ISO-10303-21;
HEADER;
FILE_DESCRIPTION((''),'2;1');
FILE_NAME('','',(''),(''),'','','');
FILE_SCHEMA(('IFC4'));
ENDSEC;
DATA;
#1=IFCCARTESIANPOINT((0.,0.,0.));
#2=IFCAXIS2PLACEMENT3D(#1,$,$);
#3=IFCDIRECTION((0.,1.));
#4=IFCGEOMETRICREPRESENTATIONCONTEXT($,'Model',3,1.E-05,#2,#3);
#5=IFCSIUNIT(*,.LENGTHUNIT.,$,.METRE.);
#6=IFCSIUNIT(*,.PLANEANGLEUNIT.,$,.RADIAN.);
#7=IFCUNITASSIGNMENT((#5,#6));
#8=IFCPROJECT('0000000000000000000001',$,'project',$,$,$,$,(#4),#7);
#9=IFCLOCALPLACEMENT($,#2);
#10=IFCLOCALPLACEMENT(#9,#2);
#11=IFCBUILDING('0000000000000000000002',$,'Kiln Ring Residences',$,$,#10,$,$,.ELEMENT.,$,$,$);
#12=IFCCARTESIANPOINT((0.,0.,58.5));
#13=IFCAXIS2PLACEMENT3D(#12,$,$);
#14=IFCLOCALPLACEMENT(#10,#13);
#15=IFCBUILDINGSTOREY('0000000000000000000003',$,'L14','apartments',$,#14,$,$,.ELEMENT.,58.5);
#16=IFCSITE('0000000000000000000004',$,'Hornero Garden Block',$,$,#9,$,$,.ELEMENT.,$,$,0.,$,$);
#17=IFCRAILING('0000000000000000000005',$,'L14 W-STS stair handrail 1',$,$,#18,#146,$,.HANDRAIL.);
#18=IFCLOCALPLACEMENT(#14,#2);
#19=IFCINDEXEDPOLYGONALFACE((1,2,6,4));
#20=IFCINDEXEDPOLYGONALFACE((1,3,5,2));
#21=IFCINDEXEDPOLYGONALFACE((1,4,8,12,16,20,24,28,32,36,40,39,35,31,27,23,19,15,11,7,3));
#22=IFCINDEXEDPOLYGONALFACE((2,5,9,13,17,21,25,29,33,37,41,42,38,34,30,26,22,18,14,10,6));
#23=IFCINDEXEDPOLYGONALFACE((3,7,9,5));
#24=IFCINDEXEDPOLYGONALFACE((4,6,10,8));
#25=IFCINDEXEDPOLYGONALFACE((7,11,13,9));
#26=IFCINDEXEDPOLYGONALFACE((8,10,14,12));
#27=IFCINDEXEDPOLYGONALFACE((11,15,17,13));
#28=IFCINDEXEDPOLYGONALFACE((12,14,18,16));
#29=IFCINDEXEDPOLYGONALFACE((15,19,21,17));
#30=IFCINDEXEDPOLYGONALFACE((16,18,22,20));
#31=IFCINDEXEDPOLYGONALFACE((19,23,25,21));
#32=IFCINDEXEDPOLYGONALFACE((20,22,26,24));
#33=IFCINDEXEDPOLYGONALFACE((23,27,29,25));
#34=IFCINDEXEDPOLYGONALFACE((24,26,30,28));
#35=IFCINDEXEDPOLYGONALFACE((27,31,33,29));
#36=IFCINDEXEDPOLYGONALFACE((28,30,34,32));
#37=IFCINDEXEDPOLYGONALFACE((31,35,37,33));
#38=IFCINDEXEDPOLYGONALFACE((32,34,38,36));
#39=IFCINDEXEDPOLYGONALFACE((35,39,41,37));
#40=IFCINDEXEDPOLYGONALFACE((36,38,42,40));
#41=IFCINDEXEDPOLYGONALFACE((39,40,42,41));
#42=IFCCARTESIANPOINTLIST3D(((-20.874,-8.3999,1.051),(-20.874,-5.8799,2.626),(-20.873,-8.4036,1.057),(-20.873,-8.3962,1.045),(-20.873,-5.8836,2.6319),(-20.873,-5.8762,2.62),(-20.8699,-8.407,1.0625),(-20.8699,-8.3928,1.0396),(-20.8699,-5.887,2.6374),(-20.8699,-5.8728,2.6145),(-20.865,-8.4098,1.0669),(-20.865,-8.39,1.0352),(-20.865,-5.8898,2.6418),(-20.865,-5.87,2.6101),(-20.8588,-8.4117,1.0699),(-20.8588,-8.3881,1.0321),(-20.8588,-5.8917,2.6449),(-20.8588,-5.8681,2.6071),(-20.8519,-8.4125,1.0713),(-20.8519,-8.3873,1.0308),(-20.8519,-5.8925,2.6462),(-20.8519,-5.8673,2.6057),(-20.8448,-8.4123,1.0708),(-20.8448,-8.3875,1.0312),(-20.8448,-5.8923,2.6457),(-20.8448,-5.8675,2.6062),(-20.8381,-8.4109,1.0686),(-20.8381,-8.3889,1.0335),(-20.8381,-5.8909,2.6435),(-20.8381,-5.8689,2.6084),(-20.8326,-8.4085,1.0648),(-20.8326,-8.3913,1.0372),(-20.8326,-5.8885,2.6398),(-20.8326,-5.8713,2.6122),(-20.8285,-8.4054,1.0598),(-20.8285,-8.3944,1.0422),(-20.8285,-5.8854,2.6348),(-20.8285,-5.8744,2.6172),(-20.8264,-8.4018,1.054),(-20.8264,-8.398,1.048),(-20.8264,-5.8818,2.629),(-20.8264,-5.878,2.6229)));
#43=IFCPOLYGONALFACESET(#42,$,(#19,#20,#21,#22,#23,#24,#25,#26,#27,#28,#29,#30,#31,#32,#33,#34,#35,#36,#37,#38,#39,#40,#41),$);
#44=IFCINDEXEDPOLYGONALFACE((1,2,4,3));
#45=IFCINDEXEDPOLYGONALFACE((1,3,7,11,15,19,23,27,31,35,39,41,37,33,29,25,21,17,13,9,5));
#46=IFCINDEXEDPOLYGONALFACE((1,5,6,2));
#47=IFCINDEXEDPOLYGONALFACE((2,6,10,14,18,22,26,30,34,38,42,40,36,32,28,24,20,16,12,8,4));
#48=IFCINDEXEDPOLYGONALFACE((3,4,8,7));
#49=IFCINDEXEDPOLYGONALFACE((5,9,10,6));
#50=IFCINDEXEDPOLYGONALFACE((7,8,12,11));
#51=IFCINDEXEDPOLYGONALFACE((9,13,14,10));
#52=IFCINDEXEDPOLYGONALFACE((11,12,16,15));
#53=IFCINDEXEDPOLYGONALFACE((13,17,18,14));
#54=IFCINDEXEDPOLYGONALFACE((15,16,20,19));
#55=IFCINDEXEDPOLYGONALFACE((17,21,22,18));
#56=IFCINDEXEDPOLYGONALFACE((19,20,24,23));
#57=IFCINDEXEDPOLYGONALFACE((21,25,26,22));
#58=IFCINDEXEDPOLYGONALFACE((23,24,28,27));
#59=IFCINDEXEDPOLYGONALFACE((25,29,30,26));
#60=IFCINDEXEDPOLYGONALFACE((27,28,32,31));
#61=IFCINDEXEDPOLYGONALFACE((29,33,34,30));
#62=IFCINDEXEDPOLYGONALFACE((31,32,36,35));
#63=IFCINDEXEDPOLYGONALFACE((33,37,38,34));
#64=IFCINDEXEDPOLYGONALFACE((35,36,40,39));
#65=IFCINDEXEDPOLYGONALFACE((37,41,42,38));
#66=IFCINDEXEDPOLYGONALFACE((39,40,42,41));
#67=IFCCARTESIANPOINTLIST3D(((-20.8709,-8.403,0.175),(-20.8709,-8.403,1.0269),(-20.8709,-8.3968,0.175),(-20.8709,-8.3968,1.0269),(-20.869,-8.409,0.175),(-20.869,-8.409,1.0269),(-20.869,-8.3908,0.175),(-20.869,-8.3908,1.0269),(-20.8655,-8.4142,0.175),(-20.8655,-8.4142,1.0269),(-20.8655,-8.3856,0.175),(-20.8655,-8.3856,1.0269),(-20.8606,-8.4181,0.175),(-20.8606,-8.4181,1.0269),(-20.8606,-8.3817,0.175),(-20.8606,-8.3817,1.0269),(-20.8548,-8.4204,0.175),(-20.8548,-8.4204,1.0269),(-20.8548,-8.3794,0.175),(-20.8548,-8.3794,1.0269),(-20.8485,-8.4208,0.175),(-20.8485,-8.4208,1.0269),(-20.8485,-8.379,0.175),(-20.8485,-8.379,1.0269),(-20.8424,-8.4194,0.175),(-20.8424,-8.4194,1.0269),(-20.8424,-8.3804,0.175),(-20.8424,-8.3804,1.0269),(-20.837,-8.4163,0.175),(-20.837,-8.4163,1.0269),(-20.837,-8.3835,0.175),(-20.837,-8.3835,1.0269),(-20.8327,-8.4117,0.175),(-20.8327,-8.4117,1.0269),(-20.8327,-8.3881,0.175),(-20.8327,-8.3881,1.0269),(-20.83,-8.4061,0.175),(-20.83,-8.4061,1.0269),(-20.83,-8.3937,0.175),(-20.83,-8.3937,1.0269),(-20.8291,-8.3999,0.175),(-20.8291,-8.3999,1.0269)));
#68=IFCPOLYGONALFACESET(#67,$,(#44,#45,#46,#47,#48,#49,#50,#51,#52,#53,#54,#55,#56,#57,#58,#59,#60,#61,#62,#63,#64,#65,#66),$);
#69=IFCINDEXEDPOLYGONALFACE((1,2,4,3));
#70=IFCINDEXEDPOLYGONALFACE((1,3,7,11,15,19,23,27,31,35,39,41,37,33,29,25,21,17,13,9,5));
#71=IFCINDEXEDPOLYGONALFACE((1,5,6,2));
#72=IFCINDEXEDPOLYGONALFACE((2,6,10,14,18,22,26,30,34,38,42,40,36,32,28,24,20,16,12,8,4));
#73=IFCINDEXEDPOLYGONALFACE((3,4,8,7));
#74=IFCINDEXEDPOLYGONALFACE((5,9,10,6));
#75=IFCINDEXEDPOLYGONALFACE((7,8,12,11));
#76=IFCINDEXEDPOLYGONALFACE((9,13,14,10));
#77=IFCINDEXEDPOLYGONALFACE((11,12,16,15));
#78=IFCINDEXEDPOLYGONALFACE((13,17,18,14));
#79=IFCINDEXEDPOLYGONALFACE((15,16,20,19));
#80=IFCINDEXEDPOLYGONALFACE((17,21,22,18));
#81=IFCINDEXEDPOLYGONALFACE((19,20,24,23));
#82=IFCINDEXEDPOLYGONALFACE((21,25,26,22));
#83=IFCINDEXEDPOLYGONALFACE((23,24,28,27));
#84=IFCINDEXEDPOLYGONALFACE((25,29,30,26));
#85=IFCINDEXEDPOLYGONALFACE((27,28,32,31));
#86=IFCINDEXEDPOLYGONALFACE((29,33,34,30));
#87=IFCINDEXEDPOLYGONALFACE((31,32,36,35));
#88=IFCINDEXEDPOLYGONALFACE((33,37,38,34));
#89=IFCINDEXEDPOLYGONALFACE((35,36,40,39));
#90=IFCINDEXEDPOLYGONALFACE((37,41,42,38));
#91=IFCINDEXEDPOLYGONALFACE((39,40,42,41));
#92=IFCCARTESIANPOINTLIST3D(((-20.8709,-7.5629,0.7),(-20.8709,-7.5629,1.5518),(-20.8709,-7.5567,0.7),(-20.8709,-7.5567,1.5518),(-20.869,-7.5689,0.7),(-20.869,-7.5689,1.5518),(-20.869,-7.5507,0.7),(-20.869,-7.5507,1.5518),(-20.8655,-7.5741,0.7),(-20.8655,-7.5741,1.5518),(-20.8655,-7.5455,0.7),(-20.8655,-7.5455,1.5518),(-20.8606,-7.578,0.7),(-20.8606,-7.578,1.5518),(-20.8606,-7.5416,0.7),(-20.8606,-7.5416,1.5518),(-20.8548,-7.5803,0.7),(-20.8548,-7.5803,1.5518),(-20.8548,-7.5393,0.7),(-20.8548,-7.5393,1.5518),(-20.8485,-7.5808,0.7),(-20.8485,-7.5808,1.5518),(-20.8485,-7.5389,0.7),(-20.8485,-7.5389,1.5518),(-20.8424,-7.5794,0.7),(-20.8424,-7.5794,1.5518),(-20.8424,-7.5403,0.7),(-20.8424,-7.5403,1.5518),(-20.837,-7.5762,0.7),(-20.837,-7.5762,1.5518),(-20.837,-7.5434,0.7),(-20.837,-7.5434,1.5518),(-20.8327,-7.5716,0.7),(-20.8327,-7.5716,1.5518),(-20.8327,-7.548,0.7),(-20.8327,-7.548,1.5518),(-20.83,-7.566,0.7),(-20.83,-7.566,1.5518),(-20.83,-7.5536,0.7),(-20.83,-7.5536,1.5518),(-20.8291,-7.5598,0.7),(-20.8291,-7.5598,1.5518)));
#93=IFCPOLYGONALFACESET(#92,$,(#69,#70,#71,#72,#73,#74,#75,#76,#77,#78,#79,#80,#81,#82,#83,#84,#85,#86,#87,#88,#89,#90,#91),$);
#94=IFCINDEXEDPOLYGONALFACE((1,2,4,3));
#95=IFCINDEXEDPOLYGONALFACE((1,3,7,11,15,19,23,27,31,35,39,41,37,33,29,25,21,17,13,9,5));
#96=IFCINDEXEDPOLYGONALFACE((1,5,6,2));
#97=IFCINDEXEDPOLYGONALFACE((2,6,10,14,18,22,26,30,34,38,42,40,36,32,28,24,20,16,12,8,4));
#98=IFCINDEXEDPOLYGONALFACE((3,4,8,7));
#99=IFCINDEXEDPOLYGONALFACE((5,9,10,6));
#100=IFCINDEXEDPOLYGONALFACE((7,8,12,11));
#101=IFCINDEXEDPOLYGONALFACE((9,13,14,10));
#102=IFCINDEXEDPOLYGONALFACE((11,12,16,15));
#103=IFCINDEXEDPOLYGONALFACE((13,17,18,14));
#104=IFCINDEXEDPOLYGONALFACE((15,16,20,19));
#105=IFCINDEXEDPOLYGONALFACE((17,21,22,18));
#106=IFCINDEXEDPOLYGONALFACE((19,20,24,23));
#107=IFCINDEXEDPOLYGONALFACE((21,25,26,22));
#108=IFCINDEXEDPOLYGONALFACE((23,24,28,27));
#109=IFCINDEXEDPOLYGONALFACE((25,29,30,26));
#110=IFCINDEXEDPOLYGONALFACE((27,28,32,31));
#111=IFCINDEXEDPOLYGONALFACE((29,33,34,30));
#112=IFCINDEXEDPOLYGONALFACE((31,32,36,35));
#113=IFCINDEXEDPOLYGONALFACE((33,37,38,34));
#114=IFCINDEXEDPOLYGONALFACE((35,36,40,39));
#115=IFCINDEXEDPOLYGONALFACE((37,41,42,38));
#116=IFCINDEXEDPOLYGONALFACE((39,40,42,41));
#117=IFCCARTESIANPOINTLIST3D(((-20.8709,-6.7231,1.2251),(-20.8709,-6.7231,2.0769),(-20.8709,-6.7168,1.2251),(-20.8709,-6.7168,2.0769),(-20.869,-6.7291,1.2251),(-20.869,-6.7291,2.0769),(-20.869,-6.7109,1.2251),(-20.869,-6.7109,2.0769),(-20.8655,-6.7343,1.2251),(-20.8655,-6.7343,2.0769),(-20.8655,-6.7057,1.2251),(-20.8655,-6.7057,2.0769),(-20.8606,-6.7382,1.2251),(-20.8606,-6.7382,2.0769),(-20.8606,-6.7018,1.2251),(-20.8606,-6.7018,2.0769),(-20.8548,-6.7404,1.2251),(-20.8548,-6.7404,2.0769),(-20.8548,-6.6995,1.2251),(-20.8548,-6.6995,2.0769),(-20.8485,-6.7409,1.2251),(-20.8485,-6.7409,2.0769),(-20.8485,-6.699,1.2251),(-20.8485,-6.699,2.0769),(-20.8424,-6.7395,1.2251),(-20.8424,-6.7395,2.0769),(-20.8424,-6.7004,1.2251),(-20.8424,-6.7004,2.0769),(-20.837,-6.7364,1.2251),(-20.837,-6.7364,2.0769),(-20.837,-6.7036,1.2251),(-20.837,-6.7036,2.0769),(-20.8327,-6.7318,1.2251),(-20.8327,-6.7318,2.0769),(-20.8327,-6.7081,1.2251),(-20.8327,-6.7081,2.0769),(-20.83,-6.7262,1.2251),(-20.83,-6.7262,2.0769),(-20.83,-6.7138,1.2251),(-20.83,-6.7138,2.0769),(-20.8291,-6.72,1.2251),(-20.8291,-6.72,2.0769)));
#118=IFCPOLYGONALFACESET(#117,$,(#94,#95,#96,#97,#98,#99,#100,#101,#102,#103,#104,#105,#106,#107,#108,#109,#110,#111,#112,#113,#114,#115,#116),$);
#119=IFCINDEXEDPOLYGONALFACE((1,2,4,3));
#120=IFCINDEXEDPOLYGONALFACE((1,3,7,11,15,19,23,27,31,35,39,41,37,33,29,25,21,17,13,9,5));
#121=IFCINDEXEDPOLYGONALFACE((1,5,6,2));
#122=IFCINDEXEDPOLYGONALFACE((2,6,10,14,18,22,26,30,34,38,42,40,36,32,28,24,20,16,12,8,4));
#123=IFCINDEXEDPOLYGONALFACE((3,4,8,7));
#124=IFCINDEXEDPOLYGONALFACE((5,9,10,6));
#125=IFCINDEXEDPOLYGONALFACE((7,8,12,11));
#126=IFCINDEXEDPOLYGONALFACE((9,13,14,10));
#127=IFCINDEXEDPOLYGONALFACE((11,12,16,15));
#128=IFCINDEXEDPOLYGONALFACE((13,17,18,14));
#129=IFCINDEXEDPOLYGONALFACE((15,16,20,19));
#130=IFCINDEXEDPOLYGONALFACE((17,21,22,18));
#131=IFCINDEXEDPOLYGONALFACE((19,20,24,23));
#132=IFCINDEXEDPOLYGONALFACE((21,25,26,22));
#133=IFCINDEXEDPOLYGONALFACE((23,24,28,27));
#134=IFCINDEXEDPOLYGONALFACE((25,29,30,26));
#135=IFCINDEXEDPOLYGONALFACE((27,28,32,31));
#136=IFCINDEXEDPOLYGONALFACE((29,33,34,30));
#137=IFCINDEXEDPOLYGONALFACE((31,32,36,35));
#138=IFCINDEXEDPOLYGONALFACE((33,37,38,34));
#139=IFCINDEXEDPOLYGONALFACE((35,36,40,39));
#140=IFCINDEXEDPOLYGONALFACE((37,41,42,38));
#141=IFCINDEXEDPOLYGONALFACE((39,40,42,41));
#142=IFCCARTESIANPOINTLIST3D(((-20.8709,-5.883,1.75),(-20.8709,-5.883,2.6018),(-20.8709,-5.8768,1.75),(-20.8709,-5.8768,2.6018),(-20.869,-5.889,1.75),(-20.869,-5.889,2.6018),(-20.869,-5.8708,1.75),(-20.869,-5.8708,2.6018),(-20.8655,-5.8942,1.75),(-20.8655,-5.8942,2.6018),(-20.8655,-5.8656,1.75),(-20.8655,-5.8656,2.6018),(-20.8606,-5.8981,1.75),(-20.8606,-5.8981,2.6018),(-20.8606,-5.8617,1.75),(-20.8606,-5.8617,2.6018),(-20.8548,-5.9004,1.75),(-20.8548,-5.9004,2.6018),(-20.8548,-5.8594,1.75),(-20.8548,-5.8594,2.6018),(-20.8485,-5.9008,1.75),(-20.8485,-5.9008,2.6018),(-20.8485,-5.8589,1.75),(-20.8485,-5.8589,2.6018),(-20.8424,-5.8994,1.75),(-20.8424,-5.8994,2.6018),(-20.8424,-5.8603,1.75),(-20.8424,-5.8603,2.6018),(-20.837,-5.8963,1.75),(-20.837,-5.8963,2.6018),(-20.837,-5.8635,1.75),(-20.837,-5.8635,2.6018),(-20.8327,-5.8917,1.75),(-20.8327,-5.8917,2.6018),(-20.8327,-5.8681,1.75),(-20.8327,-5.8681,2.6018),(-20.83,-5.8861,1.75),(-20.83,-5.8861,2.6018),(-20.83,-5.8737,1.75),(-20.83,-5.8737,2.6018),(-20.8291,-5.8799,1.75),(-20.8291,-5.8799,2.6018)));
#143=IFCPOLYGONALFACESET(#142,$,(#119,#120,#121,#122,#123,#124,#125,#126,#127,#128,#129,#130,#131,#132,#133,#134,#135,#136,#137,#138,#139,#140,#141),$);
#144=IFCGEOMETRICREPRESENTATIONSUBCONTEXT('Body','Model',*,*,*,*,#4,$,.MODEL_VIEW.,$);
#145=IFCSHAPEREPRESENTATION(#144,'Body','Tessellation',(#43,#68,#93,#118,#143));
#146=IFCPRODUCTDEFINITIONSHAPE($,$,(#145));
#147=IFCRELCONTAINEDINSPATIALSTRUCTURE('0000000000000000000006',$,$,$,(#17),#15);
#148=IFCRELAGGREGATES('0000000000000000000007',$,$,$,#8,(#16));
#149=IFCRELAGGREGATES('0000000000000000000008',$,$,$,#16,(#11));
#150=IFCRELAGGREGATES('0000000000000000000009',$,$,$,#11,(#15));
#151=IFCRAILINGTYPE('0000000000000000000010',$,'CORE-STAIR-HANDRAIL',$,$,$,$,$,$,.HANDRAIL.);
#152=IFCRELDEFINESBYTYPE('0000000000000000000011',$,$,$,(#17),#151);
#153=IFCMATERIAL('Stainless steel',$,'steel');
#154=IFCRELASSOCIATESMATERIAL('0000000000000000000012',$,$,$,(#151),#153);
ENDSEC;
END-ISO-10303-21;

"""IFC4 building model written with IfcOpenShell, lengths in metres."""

from ifc_helpers import new_model, si_unit, direction, frame, origin, origin_2d, place, context, subcontext, project, spatial, circle, extrude, material, type_object, element, save


model = new_model("IFC4")

# Units and contexts
model_context = context("Model", 3, precision=1e-05, world=origin(), true_north=direction((0.0, 1.0)))
body_context = subcontext(model_context, "Body", "Model", "MODEL_VIEW")
ifc_project = project(units=[si_unit("LENGTHUNIT", "METRE"), si_unit("PLANEANGLEUNIT", "RADIAN")], contexts=[model_context])

# Site, building, storey
site_placement = place(None, origin())
site = spatial("IfcSite", under=ifc_project, at=site_placement, Name="Hornero Garden Block", CompositionType="ELEMENT", RefElevation=0.0)
building_placement = place(site_placement, origin())
building = spatial("IfcBuilding", under=site, at=building_placement, Name="Kiln Ring Residences", CompositionType="ELEMENT")
storey_placement = place(building_placement, frame((0.0, 0.0, 58.5)))
storey = spatial("IfcBuildingStorey", under=building, at=storey_placement, Name="L14", Description="apartments", CompositionType="ELEMENT", Elevation=58.5)

# Railing
ifc_material_1 = material(Name="Stainless steel", Category="steel")
railing_type_1 = type_object("IfcRailingType", Name="CORE-STAIR-HANDRAIL", PredefinedType="HANDRAIL", material=ifc_material_1)
railing_1_placement = place(storey_placement, frame((-20.8501, -8.3999, 0.175)))
element("IfcRailing", 1, at=railing_1_placement, inside=storey, type_object=railing_type_1, Name="L14 W-STS stair handrail 1", PredefinedType="HANDRAIL", context=body_context, shape_type="SweptSolid", body=[
    extrude(circle(Radius=0.0239, at=origin_2d()), frame((0.0, 0.0, 0.876), z_axis=(0.0, 0.848008, 0.529984), x_axis=(-1.0, 0.0, 0.0)), (0.0, 0.0, 1.0), 2.9717),
    extrude(circle(Radius=0.021, at=origin_2d()), origin(), (0.0, 0.0, 1.0), 0.8518),
    extrude(circle(Radius=0.021, at=origin_2d()), frame((0.0, 0.8401, 0.5249)), (0.0, 0.0, 1.0), 0.8518),
    extrude(circle(Radius=0.021, at=origin_2d()), frame((0.0, 1.6799, 1.05)), (0.0, 0.0, 1.0), 0.8518),
    extrude(circle(Radius=0.021, at=origin_2d()), frame((0.0, 2.52, 1.575)), (0.0, 0.0, 1.0), 0.8518),
])

save(model, "model.ifc")
